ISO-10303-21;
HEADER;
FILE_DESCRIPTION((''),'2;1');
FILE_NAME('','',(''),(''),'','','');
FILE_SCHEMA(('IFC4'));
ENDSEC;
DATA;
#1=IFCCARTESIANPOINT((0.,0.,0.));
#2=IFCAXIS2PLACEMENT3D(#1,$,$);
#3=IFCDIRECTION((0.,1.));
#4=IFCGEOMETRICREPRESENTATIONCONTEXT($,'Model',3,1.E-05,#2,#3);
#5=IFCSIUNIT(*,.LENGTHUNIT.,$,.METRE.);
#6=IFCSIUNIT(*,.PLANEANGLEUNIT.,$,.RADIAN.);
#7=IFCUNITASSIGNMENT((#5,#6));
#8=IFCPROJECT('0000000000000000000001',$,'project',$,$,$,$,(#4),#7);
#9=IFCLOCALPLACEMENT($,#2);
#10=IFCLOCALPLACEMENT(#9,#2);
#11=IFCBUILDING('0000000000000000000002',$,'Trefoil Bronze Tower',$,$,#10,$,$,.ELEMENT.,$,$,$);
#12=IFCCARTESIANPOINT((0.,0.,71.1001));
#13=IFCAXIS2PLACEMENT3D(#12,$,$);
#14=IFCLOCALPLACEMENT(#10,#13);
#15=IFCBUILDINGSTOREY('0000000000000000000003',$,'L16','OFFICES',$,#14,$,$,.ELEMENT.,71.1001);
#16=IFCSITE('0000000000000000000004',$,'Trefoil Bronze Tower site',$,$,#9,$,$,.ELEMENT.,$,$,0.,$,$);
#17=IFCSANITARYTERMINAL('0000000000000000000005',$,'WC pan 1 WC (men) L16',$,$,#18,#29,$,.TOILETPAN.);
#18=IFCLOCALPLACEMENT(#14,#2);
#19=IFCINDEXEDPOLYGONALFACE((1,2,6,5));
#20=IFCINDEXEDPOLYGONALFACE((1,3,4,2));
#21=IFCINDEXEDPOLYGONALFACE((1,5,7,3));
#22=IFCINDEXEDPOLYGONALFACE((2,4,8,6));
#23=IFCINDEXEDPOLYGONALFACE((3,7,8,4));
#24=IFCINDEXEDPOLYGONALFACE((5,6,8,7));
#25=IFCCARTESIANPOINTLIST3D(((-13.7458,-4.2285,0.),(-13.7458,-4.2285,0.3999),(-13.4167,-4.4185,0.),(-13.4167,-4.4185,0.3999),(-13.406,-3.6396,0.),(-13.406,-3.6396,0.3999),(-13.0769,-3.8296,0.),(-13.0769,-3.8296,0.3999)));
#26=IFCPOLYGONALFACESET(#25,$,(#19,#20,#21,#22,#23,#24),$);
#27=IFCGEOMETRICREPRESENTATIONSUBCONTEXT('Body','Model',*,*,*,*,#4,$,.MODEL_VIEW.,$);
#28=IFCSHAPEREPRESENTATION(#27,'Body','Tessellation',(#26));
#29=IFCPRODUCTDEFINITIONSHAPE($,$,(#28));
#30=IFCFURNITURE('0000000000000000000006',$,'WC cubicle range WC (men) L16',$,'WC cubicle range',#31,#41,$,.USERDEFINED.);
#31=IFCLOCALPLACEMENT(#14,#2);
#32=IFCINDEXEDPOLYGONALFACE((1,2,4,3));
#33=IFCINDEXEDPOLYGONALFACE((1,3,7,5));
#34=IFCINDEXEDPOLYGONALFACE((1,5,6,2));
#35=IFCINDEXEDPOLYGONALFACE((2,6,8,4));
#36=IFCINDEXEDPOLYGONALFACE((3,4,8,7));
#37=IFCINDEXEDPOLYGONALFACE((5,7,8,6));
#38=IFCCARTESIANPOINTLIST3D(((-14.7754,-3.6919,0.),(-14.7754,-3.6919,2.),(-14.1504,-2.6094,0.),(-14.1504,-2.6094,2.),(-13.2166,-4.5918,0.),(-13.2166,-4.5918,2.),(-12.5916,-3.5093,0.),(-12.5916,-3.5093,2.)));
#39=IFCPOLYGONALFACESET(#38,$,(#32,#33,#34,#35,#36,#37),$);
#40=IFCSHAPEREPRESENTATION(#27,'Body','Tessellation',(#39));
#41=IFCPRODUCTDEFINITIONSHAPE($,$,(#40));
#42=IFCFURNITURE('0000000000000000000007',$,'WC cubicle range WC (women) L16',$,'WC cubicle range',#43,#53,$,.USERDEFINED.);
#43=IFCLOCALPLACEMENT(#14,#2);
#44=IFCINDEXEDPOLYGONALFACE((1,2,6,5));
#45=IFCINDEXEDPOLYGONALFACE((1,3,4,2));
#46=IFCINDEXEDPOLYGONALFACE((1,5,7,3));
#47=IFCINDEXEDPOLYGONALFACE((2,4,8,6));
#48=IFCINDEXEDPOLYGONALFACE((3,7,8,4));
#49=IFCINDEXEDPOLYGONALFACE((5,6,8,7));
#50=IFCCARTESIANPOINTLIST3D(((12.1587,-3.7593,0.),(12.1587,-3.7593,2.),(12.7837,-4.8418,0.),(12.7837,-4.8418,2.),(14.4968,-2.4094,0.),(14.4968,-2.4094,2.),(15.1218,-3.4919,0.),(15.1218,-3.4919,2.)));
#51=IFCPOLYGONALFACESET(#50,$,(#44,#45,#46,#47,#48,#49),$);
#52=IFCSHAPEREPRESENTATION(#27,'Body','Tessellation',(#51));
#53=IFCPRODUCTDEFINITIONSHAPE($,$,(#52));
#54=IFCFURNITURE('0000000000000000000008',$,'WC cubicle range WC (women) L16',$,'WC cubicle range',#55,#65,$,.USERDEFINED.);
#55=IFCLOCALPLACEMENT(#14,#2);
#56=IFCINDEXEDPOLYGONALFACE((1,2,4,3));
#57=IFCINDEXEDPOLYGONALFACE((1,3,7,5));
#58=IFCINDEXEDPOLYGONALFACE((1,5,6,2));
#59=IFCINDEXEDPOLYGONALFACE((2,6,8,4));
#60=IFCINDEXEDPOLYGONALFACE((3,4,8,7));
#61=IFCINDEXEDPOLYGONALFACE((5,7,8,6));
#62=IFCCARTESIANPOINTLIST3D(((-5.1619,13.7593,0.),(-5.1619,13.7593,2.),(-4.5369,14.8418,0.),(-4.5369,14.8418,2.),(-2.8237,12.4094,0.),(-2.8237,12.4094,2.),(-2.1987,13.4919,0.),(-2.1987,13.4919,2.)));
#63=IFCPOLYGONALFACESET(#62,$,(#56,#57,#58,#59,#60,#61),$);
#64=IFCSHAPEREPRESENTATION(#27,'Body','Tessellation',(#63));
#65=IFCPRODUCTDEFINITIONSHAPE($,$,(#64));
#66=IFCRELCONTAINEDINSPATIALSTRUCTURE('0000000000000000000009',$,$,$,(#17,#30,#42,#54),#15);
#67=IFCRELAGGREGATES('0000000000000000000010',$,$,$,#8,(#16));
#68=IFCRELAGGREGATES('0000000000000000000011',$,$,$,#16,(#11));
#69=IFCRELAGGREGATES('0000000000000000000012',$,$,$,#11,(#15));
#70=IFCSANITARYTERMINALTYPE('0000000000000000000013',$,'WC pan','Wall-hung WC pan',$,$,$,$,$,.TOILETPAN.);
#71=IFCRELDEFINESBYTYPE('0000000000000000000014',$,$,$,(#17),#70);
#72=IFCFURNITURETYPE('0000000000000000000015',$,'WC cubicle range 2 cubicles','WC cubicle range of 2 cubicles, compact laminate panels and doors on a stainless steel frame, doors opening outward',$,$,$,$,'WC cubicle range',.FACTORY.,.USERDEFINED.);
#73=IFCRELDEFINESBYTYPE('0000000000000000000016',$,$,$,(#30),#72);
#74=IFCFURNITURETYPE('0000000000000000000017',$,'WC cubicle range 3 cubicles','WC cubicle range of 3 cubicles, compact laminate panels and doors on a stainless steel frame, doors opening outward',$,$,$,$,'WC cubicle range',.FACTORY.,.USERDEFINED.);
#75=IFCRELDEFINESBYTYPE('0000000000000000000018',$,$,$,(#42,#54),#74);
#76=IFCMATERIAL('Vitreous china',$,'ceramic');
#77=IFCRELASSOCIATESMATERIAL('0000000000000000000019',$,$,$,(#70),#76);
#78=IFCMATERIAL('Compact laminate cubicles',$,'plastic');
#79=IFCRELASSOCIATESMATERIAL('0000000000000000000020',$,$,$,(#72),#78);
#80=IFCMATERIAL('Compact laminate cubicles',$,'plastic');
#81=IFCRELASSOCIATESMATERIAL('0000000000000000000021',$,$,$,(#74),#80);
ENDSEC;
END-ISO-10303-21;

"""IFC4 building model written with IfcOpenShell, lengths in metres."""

from ifc_helpers import new_model, si_unit, direction, frame, origin, place, context, subcontext, project, spatial, polyline, outline, extrude, material, type_object, element, save


model = new_model("IFC4")

# Units and contexts
model_context = context("Model", 3, precision=1e-05, world=origin(), true_north=direction((0.0, 1.0)))
body_context = subcontext(model_context, "Body", "Model", "MODEL_VIEW")
ifc_project = project(units=[si_unit("LENGTHUNIT", "METRE"), si_unit("PLANEANGLEUNIT", "RADIAN")], contexts=[model_context])

# Site, building, storey
site_placement = place(None, origin())
site = spatial("IfcSite", under=ifc_project, at=site_placement, Name="Trefoil Bronze Tower site", CompositionType="ELEMENT", RefElevation=0.0)
building_placement = place(site_placement, origin())
building = spatial("IfcBuilding", under=site, at=building_placement, Name="Trefoil Bronze Tower", CompositionType="ELEMENT")
storey_placement = place(building_placement, frame((0.0, 0.0, 71.1001)))
storey = spatial("IfcBuildingStorey", under=building, at=storey_placement, Name="L16", Description="OFFICES", CompositionType="ELEMENT", Elevation=71.1001)

# Sanitary terminal
ifc_material_1 = material(Name="Vitreous china", Category="ceramic")
sanitary_terminal_type_1 = type_object("IfcSanitaryTerminalType", Name="WC pan", Description="Wall-hung WC pan", PredefinedType="TOILETPAN", material=ifc_material_1)
sanitary_terminal_1_placement = place(storey_placement, origin())
element("IfcSanitaryTerminal", 1, at=sanitary_terminal_1_placement, inside=storey, type_object=sanitary_terminal_type_1, Name="WC pan 1 WC (men) L16", PredefinedType="TOILETPAN", context=body_context, shape_type="SweptSolid", body=[
    extrude(outline(polyline([(-13.0769, -3.8296), (-13.4167, -4.4185), (-13.7458, -4.2285), (-13.406, -3.6396), (-13.0769, -3.8296)])), origin(), (0.0, 0.0, 1.0), 0.3999),
])

# Furniture
ifc_material_2 = material(Name="Compact laminate cubicles", Category="plastic")
furniture_type_1 = type_object("IfcFurnitureType", Name="WC cubicle range 2 cubicles", Description="WC cubicle range of 2 cubicles, compact laminate panels and doors on a stainless steel frame, doors opening outward", ElementType="WC cubicle range", AssemblyPlace="FACTORY", PredefinedType="USERDEFINED", material=ifc_material_2)
furniture_1_placement = place(storey_placement, origin())
element("IfcFurniture", 2, at=furniture_1_placement, inside=storey, type_object=furniture_type_1, Name="WC cubicle range WC (men) L16", ObjectType="WC cubicle range", PredefinedType="USERDEFINED", context=body_context, shape_type="SweptSolid", body=[
    extrude(outline(polyline([(-12.5916, -3.5093), (-13.2166, -4.5918), (-14.7754, -3.6919), (-14.1504, -2.6094), (-12.5916, -3.5093)])), origin(), (0.0, 0.0, 1.0), 2.0),
])
ifc_material_3 = material(Name="Compact laminate cubicles", Category="plastic")
furniture_type_2 = type_object("IfcFurnitureType", Name="WC cubicle range 3 cubicles", Description="WC cubicle range of 3 cubicles, compact laminate panels and doors on a stainless steel frame, doors opening outward", ElementType="WC cubicle range", AssemblyPlace="FACTORY", PredefinedType="USERDEFINED", material=ifc_material_3)
furniture_2_placement = place(storey_placement, origin())
element("IfcFurniture", 3, at=furniture_2_placement, inside=storey, type_object=furniture_type_2, Name="WC cubicle range WC (women) L16", ObjectType="WC cubicle range", PredefinedType="USERDEFINED", context=body_context, shape_type="SweptSolid", body=[
    extrude(outline(polyline([(12.1587, -3.7593), (12.7837, -4.8418), (15.1218, -3.4919), (14.4968, -2.4094), (12.1587, -3.7593)])), origin(), (0.0, 0.0, 1.0), 2.0),
])
furniture_3_placement = place(storey_placement, origin())
element("IfcFurniture", 4, at=furniture_3_placement, inside=storey, type_object=furniture_type_2, Name="WC cubicle range WC (women) L16", ObjectType="WC cubicle range", PredefinedType="USERDEFINED", context=body_context, shape_type="SweptSolid", body=[
    extrude(outline(polyline([(-2.8237, 12.4094), (-2.1987, 13.4919), (-4.5369, 14.8418), (-5.1619, 13.7593), (-2.8237, 12.4094)])), origin(), (0.0, 0.0, 1.0), 2.0),
])

save(model, "model.ifc")
